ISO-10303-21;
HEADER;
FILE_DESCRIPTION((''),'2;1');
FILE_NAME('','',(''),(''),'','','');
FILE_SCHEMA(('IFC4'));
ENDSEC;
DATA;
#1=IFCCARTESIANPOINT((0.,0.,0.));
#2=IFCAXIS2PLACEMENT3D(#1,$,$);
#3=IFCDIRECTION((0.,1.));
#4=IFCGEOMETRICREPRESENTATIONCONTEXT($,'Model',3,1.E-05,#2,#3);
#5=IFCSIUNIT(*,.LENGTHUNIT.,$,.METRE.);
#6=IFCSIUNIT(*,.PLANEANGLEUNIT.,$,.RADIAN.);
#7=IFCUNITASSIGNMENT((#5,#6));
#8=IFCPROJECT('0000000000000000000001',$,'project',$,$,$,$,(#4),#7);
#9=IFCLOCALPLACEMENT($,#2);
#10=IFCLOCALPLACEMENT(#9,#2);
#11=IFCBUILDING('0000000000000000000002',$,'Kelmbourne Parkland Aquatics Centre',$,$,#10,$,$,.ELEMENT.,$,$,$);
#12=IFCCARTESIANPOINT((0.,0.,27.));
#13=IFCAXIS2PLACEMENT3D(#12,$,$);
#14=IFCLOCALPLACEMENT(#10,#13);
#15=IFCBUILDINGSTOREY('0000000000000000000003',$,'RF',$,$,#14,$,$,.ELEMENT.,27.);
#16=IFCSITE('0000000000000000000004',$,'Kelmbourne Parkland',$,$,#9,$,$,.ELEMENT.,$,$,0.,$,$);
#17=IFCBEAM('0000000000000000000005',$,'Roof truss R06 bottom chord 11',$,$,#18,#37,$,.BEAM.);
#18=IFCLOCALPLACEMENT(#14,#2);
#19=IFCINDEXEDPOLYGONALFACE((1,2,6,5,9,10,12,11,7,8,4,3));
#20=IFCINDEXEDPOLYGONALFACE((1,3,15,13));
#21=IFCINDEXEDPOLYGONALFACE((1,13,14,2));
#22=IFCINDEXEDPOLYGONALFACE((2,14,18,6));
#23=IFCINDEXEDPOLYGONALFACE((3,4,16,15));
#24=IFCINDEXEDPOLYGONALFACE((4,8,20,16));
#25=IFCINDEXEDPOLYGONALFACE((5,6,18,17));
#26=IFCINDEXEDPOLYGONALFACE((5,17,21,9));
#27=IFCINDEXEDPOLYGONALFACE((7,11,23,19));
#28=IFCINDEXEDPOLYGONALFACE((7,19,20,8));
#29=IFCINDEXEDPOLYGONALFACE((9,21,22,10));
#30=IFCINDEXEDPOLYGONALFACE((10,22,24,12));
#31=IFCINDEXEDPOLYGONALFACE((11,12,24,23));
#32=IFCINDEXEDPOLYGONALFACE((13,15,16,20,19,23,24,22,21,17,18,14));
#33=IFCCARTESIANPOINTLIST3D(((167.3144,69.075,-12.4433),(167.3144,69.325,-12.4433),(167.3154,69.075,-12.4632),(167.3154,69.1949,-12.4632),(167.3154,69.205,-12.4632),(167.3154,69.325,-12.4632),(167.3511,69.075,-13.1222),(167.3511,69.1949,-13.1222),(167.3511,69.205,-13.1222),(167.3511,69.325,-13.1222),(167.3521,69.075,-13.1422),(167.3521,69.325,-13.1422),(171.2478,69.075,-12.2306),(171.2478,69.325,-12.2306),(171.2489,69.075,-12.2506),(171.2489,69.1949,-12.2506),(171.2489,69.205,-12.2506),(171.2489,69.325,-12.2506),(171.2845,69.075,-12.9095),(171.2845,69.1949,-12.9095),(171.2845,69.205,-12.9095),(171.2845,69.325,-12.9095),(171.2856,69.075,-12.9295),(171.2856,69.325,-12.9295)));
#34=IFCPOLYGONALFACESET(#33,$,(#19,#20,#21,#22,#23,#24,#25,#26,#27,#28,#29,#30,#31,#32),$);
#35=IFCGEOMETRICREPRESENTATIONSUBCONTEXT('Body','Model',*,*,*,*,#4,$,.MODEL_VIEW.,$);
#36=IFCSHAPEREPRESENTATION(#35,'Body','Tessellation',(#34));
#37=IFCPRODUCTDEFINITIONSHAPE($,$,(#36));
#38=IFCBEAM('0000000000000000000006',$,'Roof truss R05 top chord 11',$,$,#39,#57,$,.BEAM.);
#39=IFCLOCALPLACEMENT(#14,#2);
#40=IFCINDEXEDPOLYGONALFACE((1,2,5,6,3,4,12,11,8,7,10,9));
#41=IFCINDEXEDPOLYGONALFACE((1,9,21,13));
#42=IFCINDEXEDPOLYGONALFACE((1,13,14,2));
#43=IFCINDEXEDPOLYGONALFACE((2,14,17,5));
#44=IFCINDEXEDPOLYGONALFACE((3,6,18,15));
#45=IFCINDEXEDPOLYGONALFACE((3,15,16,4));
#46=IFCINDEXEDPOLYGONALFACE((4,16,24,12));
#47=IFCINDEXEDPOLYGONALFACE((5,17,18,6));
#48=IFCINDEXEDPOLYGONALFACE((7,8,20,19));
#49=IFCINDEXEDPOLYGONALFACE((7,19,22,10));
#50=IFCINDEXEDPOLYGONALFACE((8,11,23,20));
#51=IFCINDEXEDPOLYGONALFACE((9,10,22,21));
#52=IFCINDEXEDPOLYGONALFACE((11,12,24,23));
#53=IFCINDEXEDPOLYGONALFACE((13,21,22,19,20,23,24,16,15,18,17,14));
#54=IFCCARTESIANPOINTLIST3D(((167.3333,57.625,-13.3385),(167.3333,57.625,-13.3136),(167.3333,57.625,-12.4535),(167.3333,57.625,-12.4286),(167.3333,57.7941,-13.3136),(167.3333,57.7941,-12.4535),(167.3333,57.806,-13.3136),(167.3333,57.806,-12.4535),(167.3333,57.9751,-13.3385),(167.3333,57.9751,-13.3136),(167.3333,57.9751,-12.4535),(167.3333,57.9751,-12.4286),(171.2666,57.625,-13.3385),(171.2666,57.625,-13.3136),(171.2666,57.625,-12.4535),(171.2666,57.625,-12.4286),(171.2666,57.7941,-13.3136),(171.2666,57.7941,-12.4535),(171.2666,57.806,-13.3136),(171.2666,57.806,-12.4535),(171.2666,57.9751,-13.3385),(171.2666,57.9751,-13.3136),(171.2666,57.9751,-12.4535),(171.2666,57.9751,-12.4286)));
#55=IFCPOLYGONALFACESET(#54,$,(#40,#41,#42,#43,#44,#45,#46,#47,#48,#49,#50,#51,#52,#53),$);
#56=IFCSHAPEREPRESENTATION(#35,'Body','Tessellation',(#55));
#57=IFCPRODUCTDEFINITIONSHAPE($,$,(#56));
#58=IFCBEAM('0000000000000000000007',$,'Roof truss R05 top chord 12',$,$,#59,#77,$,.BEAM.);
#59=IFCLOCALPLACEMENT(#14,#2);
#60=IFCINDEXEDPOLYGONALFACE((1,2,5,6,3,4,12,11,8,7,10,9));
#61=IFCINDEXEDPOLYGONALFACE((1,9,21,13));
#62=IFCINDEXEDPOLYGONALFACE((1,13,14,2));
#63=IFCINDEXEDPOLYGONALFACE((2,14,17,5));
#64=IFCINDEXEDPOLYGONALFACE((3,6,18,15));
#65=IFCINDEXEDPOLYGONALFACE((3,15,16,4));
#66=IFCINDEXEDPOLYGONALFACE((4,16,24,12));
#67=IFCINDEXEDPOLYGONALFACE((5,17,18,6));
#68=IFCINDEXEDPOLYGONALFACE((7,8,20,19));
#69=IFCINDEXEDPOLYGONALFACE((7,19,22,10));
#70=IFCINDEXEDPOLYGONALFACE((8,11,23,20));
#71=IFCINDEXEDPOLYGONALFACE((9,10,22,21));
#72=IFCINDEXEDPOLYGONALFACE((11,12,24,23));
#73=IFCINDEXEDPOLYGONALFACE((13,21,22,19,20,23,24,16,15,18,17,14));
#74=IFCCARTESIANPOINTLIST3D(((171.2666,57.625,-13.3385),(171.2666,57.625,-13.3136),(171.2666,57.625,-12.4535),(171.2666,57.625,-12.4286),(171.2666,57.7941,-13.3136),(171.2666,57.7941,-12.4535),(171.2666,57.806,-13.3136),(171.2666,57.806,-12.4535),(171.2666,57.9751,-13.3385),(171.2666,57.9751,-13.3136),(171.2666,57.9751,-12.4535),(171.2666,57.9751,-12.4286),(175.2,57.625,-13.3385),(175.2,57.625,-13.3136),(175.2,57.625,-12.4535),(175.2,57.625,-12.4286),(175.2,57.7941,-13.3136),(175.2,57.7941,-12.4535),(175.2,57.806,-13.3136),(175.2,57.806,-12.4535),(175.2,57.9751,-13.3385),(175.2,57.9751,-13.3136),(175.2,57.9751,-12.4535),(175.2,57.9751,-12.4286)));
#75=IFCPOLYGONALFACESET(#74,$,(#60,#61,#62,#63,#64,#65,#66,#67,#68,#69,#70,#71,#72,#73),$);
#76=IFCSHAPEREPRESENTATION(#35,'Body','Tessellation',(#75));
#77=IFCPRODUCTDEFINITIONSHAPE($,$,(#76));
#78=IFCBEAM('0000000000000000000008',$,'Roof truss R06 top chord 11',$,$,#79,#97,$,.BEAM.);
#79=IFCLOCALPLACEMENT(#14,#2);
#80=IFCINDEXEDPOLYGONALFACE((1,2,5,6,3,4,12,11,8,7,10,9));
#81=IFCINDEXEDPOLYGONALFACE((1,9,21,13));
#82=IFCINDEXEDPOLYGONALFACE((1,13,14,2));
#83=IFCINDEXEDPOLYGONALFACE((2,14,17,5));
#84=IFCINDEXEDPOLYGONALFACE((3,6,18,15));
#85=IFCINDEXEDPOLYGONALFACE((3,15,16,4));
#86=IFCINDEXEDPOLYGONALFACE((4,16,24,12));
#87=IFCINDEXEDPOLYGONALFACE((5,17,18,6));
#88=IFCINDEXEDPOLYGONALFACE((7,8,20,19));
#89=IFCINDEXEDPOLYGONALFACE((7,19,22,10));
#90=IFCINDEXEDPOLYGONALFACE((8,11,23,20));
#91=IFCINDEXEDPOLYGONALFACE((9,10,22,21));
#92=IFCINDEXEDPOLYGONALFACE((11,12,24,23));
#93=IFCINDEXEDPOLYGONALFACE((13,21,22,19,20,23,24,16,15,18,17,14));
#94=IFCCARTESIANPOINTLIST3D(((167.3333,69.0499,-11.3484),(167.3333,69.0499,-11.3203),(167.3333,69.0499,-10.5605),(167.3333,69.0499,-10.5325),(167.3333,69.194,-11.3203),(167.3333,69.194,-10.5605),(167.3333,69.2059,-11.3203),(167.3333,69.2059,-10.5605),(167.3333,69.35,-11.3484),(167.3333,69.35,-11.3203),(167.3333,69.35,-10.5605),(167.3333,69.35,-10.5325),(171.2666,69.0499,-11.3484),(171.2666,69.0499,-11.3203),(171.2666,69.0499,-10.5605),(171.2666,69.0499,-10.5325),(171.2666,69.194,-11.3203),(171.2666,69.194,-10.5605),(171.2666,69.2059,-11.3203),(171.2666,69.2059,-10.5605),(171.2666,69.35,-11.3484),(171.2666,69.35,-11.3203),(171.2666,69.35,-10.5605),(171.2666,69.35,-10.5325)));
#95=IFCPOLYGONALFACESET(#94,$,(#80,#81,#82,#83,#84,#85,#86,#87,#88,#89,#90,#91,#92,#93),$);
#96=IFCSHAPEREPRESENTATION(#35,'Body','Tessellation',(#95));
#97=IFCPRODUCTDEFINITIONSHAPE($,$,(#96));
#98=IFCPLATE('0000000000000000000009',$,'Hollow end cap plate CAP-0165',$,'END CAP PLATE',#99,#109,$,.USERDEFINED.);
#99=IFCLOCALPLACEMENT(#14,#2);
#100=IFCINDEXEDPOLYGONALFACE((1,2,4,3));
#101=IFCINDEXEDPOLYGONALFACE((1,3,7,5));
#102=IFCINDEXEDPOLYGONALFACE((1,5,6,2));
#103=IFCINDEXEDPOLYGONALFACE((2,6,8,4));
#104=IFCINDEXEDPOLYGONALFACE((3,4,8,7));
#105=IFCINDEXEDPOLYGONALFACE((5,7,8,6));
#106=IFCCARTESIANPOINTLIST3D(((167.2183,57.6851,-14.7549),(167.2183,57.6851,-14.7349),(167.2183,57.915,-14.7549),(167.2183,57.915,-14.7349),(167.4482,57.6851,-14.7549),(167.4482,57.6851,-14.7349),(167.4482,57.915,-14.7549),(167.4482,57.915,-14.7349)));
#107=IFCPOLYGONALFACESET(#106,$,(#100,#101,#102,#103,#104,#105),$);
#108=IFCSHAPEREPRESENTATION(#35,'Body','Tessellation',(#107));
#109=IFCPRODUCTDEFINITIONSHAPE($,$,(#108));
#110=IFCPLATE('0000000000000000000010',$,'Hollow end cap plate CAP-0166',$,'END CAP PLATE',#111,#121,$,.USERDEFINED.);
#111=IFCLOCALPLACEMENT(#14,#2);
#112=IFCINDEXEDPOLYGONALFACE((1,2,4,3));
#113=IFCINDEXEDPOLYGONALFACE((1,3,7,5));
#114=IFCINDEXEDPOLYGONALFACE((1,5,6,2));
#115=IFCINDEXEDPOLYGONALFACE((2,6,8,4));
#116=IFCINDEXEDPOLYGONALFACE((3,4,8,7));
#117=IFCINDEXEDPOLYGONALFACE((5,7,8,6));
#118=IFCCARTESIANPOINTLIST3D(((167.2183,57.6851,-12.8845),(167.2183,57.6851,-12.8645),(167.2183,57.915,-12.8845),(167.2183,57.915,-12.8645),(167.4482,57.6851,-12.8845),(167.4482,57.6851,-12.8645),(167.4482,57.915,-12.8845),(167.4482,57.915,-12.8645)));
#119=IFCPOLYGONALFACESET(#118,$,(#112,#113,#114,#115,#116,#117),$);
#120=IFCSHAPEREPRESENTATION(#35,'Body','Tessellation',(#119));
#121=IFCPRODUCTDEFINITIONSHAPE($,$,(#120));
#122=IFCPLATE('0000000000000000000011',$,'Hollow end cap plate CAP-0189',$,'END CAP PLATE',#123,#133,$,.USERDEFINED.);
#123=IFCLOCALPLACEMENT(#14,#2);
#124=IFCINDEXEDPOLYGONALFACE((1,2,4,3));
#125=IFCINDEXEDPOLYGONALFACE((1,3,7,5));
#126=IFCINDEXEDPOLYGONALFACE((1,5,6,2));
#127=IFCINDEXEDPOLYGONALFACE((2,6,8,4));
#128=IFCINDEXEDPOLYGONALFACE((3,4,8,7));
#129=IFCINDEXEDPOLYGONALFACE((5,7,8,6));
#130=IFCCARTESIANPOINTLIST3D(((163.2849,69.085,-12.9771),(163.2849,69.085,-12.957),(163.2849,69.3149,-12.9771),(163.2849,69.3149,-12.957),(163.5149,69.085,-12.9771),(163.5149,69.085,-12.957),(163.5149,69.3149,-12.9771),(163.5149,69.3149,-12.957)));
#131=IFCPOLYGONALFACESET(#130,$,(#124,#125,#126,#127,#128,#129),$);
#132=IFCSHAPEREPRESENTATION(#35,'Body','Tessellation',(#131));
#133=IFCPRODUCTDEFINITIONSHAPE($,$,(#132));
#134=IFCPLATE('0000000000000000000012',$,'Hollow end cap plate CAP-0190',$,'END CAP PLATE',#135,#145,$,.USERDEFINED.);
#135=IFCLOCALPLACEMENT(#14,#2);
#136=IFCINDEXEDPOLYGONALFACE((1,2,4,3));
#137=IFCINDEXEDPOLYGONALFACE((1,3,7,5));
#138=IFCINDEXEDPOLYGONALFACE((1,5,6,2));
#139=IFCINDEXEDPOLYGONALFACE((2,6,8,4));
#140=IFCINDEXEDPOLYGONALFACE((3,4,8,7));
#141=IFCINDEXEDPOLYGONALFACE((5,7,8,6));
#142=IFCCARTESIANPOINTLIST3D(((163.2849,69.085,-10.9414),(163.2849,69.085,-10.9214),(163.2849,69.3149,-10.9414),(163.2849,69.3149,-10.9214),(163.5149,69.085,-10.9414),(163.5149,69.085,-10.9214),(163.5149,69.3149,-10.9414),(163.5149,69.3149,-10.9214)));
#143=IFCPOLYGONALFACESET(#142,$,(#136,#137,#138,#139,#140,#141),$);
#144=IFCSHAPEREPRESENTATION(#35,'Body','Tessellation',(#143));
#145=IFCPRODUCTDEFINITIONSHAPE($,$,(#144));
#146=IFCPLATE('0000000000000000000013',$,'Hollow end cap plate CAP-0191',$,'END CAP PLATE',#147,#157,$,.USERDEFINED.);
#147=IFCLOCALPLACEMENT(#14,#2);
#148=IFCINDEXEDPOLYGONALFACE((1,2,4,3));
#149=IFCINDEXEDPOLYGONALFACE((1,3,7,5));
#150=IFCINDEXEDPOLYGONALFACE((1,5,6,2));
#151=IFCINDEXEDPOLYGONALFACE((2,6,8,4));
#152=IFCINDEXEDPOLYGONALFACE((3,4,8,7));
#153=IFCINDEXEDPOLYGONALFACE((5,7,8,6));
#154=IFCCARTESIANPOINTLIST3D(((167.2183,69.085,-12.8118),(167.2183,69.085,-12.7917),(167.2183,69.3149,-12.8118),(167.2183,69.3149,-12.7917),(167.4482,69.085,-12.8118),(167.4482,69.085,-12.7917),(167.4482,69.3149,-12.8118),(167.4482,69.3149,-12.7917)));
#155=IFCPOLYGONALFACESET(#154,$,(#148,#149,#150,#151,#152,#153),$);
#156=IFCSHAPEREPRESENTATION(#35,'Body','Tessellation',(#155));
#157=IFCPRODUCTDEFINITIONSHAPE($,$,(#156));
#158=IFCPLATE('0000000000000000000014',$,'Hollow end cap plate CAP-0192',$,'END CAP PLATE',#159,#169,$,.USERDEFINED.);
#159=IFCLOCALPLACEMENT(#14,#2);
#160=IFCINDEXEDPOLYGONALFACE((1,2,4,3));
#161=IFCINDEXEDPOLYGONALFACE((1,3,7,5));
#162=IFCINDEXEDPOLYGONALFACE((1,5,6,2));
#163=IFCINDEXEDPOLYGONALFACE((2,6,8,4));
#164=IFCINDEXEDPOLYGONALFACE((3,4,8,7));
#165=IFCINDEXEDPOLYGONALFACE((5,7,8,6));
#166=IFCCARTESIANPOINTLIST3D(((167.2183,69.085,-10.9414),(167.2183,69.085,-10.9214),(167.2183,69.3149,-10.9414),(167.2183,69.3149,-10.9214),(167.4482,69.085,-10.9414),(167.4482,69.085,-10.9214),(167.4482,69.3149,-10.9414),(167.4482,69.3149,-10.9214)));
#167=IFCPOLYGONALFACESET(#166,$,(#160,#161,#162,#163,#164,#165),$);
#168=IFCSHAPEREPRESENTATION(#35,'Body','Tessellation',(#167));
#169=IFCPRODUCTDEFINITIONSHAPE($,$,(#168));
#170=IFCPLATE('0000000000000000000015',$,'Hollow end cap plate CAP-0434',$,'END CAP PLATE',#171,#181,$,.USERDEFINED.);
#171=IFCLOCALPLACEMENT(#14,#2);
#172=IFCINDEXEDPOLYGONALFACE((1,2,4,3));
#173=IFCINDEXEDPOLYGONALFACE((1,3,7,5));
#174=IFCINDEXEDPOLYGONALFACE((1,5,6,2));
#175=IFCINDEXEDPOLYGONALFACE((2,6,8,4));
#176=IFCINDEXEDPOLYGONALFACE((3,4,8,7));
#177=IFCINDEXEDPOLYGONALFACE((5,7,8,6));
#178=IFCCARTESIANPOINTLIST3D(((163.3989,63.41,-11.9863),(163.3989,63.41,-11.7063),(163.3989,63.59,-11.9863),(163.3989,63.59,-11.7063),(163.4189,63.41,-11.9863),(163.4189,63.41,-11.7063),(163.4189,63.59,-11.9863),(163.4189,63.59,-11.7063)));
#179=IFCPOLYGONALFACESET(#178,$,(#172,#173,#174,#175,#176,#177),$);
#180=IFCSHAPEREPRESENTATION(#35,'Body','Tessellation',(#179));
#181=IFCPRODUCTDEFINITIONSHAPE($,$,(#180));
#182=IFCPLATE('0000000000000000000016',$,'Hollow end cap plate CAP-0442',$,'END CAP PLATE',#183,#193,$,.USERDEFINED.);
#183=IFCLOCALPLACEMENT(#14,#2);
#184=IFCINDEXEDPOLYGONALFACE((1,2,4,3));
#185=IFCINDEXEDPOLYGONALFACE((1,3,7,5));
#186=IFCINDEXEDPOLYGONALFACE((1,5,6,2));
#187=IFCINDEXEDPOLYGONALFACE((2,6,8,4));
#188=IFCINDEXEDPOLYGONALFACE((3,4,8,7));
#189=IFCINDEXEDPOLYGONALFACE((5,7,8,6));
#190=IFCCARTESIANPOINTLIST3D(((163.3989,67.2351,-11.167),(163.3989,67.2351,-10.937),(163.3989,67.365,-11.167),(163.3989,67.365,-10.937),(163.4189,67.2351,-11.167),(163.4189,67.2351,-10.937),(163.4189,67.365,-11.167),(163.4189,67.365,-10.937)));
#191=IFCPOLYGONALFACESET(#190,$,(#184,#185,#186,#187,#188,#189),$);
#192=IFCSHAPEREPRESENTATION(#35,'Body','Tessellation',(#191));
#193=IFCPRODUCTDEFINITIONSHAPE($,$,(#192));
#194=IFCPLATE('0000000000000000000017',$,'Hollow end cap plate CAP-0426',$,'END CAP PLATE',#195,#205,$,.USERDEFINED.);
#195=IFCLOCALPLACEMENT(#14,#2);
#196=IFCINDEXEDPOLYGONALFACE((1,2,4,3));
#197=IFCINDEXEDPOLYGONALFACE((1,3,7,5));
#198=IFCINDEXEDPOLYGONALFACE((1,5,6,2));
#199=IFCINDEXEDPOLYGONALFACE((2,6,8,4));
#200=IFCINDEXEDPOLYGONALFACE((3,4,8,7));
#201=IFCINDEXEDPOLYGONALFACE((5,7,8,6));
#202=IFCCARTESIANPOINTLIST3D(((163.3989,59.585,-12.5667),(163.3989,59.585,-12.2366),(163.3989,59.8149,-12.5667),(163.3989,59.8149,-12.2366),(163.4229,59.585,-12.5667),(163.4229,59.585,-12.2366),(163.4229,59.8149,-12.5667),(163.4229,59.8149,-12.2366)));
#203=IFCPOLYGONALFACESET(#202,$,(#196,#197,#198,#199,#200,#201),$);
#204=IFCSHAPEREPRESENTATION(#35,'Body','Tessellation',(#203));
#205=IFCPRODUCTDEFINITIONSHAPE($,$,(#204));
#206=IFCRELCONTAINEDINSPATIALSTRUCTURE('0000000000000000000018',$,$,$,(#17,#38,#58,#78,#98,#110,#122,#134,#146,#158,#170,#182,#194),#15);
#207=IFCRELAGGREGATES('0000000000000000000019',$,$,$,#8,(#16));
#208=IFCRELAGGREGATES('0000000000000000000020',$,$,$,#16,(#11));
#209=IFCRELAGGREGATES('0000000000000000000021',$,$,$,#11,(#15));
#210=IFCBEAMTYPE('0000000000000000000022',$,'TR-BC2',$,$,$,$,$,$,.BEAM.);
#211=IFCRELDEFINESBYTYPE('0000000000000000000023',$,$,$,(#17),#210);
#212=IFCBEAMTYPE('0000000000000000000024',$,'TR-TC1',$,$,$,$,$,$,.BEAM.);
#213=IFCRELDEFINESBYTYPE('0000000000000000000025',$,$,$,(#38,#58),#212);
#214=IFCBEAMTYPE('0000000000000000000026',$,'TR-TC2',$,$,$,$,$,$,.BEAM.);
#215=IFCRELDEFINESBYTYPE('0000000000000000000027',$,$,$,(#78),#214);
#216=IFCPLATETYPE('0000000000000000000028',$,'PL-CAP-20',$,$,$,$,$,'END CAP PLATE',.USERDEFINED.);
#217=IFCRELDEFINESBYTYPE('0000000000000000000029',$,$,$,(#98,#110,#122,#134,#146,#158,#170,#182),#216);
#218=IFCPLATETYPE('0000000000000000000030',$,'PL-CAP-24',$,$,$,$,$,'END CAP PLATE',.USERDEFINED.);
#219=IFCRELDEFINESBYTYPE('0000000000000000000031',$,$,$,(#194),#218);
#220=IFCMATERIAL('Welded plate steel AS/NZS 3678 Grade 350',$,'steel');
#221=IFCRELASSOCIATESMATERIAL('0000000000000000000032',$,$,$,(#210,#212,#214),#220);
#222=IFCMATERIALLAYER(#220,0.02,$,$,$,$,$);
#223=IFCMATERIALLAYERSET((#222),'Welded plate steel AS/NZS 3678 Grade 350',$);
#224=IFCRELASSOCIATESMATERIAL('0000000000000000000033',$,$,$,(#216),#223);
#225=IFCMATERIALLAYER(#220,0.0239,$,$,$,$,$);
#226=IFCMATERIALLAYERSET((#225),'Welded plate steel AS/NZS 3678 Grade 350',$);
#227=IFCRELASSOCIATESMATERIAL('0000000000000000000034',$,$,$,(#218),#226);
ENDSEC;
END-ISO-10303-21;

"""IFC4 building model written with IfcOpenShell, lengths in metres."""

from ifc_helpers import new_model, si_unit, direction, frame, origin, origin_2d, place, context, subcontext, project, spatial, rectangle, i_section, extrude, material, layer, layer_set, material_profile, profile_set, type_object, element, save


model = new_model("IFC4")

# Units and contexts
model_context = context("Model", 3, precision=1e-05, world=origin(), true_north=direction((0.0, 1.0)))
body_context = subcontext(model_context, "Body", "Model", "MODEL_VIEW")
ifc_project = project(units=[si_unit("LENGTHUNIT", "METRE"), si_unit("PLANEANGLEUNIT", "RADIAN")], contexts=[model_context])

# Site, building, storey
site_placement = place(None, origin())
site = spatial("IfcSite", under=ifc_project, at=site_placement, Name="Kelmbourne Parkland", CompositionType="ELEMENT", RefElevation=0.0)
building_placement = place(site_placement, origin())
building = spatial("IfcBuilding", under=site, at=building_placement, Name="Kelmbourne Parkland Aquatics Centre", CompositionType="ELEMENT")
storey_placement = place(building_placement, frame((0.0, 0.0, 27.0)))
storey = spatial("IfcBuildingStorey", under=building, at=storey_placement, Name="RF", CompositionType="ELEMENT", Elevation=27.0)

# Beams
ifc_material_1 = material(Name="Welded plate steel AS/NZS 3678 Grade 350", Category="steel")
ifc_material_profile_1 = material_profile(ifc_material_1, i_section(OverallWidth=0.25, OverallDepth=0.7, WebThickness=0.01, FlangeThickness=0.02, at=origin_2d()), Name="700WB130")
ifc_profile_set_1 = profile_set([ifc_material_profile_1], Name="Welded plate steel AS/NZS 3678 Grade 350")
beam_type_1 = type_object("IfcBeamType", Name="TR-BC2", PredefinedType="BEAM", material=ifc_profile_set_1)
beam_1_placement = place(storey_placement, frame((167.3333, 69.2, -12.7927), z_axis=(0.998542, 0.0, 0.053984), x_axis=(0.0, 1.0, 0.0)))
element("IfcBeam", 1, at=beam_1_placement, inside=storey, type_object=beam_type_1, Name="Roof truss R06 bottom chord 11", PredefinedType="BEAM", context=body_context, shape_type="SweptSolid", body=[
    extrude(i_section(OverallWidth=0.25, OverallDepth=0.7, WebThickness=0.01, FlangeThickness=0.02, at=origin_2d()), origin(), (0.0, 0.0, 1.0), 3.9392),
])
ifc_material_profile_2 = material_profile(ifc_material_1, i_section(OverallWidth=0.3501, OverallDepth=0.9099, WebThickness=0.012, FlangeThickness=0.0249, at=origin_2d()), Name="900WB218")
ifc_profile_set_2 = profile_set([ifc_material_profile_2], Name="Welded plate steel AS/NZS 3678 Grade 350")
beam_type_2 = type_object("IfcBeamType", Name="TR-TC1", PredefinedType="BEAM", material=ifc_profile_set_2)
for number, where, z_axis, x_axis, name in (
    (2, (167.3333, 57.8, -12.8835), (1.0, 0.0, 0.0), (0.0, 1.0, 0.0), "Roof truss R05 top chord 11"),
    (3, (171.2666, 57.8, -12.8835), (1.0, 0.0, 0.0), (0.0, 1.0, 0.0), "Roof truss R05 top chord 12"),
):
    element("IfcBeam", number, at=place(storey_placement, frame(where, z_axis=z_axis, x_axis=x_axis)), inside=storey, type_object=beam_type_2, Name=name, PredefinedType="BEAM", context=body_context, shape_type="SweptSolid", body=[
        extrude(i_section(OverallWidth=0.3501, OverallDepth=0.9099, WebThickness=0.012, FlangeThickness=0.0249, at=origin_2d()), origin(), (0.0, 0.0, 1.0), 3.9333),
    ])
ifc_material_profile_3 = material_profile(ifc_material_1, i_section(OverallWidth=0.3, OverallDepth=0.8159, WebThickness=0.012, FlangeThickness=0.0281, at=origin_2d()), Name="800WB192")
ifc_profile_set_3 = profile_set([ifc_material_profile_3], Name="Welded plate steel AS/NZS 3678 Grade 350")
beam_type_3 = type_object("IfcBeamType", Name="TR-TC2", PredefinedType="BEAM", material=ifc_profile_set_3)
beam_2_placement = place(storey_placement, frame((167.3333, 69.2, -10.9404), z_axis=(1.0, 0.0, 0.0), x_axis=(0.0, 1.0, 0.0)))
element("IfcBeam", 4, at=beam_2_placement, inside=storey, type_object=beam_type_3, Name="Roof truss R06 top chord 11", PredefinedType="BEAM", context=body_context, shape_type="SweptSolid", body=[
    extrude(i_section(OverallWidth=0.3, OverallDepth=0.8159, WebThickness=0.012, FlangeThickness=0.0281, at=origin_2d()), origin(), (0.0, 0.0, 1.0), 3.9333),
])

# Plates
ifc_layer_1 = layer(ifc_material_1, 0.02)
ifc_layer_set_1 = layer_set([ifc_layer_1], Name="Welded plate steel AS/NZS 3678 Grade 350")
plate_type_1 = type_object("IfcPlateType", Name="PL-CAP-20", ElementType="END CAP PLATE", PredefinedType="USERDEFINED", material=ifc_layer_set_1)
for number, where, z_axis, x_axis, name in (
    (5, (167.3333, 57.8, -14.7549), (0.0, 0.0, 1.0), (1.0, 0.0, 0.0), "Hollow end cap plate CAP-0165"),
    (6, (167.3333, 57.8, -12.8845), (0.0, 0.0, 1.0), (1.0, 0.0, 0.0), "Hollow end cap plate CAP-0166"),
    (7, (163.3999, 69.2, -12.9771), (0.0, 0.0, 1.0), (1.0, 0.0, 0.0), "Hollow end cap plate CAP-0189"),
    (8, (163.3999, 69.2, -10.9414), (0.0, 0.0, 1.0), (1.0, 0.0, 0.0), "Hollow end cap plate CAP-0190"),
    (9, (167.3333, 69.2, -12.8118), (0.0, 0.0, 1.0), (1.0, 0.0, 0.0), "Hollow end cap plate CAP-0191"),
    (10, (167.3333, 69.2, -10.9414), (0.0, 0.0, 1.0), (1.0, 0.0, 0.0), "Hollow end cap plate CAP-0192"),
):
    element("IfcPlate", number, at=place(storey_placement, frame(where, z_axis=z_axis, x_axis=x_axis)), inside=storey, type_object=plate_type_1, Name=name, ObjectType="END CAP PLATE", PredefinedType="USERDEFINED", context=body_context, shape_type="SweptSolid", body=[
        extrude(rectangle(XDim=0.23, YDim=0.23, at=origin_2d()), origin(), (0.0, 0.0, 1.0), 0.02),
    ])
plate_1_placement = place(storey_placement, frame((163.4089, 63.5, -11.9863), z_axis=(0.0, 0.0, 1.0), x_axis=(1.0, 0.0, 0.0)))
element("IfcPlate", 11, at=plate_1_placement, inside=storey, type_object=plate_type_1, Name="Hollow end cap plate CAP-0434", ObjectType="END CAP PLATE", PredefinedType="USERDEFINED", context=body_context, shape_type="SweptSolid", body=[
    extrude(rectangle(XDim=0.02, YDim=0.1799, at=origin_2d()), origin(), (0.0, 0.0, 1.0), 0.28),
])
plate_2_placement = place(storey_placement, frame((163.4089, 67.3, -11.167), z_axis=(0.0, 0.0, 1.0), x_axis=(1.0, 0.0, 0.0)))
element("IfcPlate", 12, at=plate_2_placement, inside=storey, type_object=plate_type_1, Name="Hollow end cap plate CAP-0442", ObjectType="END CAP PLATE", PredefinedType="USERDEFINED", context=body_context, shape_type="SweptSolid", body=[
    extrude(rectangle(XDim=0.02, YDim=0.1299, at=origin_2d()), origin(), (0.0, 0.0, 1.0), 0.23),
])
ifc_layer_2 = layer(ifc_material_1, 0.0239)
ifc_layer_set_2 = layer_set([ifc_layer_2], Name="Welded plate steel AS/NZS 3678 Grade 350")
plate_type_2 = type_object("IfcPlateType", Name="PL-CAP-24", ElementType="END CAP PLATE", PredefinedType="USERDEFINED", material=ifc_layer_set_2)
plate_3_placement = place(storey_placement, frame((163.4109, 59.7, -12.5667), z_axis=(0.0, 0.0, 1.0), x_axis=(1.0, 0.0, 0.0)))
element("IfcPlate", 13, at=plate_3_placement, inside=storey, type_object=plate_type_2, Name="Hollow end cap plate CAP-0426", ObjectType="END CAP PLATE", PredefinedType="USERDEFINED", context=body_context, shape_type="SweptSolid", body=[
    extrude(rectangle(XDim=0.0239, YDim=0.23, at=origin_2d()), origin(), (0.0, 0.0, 1.0), 0.3301),
])

save(model, "model.ifc")
